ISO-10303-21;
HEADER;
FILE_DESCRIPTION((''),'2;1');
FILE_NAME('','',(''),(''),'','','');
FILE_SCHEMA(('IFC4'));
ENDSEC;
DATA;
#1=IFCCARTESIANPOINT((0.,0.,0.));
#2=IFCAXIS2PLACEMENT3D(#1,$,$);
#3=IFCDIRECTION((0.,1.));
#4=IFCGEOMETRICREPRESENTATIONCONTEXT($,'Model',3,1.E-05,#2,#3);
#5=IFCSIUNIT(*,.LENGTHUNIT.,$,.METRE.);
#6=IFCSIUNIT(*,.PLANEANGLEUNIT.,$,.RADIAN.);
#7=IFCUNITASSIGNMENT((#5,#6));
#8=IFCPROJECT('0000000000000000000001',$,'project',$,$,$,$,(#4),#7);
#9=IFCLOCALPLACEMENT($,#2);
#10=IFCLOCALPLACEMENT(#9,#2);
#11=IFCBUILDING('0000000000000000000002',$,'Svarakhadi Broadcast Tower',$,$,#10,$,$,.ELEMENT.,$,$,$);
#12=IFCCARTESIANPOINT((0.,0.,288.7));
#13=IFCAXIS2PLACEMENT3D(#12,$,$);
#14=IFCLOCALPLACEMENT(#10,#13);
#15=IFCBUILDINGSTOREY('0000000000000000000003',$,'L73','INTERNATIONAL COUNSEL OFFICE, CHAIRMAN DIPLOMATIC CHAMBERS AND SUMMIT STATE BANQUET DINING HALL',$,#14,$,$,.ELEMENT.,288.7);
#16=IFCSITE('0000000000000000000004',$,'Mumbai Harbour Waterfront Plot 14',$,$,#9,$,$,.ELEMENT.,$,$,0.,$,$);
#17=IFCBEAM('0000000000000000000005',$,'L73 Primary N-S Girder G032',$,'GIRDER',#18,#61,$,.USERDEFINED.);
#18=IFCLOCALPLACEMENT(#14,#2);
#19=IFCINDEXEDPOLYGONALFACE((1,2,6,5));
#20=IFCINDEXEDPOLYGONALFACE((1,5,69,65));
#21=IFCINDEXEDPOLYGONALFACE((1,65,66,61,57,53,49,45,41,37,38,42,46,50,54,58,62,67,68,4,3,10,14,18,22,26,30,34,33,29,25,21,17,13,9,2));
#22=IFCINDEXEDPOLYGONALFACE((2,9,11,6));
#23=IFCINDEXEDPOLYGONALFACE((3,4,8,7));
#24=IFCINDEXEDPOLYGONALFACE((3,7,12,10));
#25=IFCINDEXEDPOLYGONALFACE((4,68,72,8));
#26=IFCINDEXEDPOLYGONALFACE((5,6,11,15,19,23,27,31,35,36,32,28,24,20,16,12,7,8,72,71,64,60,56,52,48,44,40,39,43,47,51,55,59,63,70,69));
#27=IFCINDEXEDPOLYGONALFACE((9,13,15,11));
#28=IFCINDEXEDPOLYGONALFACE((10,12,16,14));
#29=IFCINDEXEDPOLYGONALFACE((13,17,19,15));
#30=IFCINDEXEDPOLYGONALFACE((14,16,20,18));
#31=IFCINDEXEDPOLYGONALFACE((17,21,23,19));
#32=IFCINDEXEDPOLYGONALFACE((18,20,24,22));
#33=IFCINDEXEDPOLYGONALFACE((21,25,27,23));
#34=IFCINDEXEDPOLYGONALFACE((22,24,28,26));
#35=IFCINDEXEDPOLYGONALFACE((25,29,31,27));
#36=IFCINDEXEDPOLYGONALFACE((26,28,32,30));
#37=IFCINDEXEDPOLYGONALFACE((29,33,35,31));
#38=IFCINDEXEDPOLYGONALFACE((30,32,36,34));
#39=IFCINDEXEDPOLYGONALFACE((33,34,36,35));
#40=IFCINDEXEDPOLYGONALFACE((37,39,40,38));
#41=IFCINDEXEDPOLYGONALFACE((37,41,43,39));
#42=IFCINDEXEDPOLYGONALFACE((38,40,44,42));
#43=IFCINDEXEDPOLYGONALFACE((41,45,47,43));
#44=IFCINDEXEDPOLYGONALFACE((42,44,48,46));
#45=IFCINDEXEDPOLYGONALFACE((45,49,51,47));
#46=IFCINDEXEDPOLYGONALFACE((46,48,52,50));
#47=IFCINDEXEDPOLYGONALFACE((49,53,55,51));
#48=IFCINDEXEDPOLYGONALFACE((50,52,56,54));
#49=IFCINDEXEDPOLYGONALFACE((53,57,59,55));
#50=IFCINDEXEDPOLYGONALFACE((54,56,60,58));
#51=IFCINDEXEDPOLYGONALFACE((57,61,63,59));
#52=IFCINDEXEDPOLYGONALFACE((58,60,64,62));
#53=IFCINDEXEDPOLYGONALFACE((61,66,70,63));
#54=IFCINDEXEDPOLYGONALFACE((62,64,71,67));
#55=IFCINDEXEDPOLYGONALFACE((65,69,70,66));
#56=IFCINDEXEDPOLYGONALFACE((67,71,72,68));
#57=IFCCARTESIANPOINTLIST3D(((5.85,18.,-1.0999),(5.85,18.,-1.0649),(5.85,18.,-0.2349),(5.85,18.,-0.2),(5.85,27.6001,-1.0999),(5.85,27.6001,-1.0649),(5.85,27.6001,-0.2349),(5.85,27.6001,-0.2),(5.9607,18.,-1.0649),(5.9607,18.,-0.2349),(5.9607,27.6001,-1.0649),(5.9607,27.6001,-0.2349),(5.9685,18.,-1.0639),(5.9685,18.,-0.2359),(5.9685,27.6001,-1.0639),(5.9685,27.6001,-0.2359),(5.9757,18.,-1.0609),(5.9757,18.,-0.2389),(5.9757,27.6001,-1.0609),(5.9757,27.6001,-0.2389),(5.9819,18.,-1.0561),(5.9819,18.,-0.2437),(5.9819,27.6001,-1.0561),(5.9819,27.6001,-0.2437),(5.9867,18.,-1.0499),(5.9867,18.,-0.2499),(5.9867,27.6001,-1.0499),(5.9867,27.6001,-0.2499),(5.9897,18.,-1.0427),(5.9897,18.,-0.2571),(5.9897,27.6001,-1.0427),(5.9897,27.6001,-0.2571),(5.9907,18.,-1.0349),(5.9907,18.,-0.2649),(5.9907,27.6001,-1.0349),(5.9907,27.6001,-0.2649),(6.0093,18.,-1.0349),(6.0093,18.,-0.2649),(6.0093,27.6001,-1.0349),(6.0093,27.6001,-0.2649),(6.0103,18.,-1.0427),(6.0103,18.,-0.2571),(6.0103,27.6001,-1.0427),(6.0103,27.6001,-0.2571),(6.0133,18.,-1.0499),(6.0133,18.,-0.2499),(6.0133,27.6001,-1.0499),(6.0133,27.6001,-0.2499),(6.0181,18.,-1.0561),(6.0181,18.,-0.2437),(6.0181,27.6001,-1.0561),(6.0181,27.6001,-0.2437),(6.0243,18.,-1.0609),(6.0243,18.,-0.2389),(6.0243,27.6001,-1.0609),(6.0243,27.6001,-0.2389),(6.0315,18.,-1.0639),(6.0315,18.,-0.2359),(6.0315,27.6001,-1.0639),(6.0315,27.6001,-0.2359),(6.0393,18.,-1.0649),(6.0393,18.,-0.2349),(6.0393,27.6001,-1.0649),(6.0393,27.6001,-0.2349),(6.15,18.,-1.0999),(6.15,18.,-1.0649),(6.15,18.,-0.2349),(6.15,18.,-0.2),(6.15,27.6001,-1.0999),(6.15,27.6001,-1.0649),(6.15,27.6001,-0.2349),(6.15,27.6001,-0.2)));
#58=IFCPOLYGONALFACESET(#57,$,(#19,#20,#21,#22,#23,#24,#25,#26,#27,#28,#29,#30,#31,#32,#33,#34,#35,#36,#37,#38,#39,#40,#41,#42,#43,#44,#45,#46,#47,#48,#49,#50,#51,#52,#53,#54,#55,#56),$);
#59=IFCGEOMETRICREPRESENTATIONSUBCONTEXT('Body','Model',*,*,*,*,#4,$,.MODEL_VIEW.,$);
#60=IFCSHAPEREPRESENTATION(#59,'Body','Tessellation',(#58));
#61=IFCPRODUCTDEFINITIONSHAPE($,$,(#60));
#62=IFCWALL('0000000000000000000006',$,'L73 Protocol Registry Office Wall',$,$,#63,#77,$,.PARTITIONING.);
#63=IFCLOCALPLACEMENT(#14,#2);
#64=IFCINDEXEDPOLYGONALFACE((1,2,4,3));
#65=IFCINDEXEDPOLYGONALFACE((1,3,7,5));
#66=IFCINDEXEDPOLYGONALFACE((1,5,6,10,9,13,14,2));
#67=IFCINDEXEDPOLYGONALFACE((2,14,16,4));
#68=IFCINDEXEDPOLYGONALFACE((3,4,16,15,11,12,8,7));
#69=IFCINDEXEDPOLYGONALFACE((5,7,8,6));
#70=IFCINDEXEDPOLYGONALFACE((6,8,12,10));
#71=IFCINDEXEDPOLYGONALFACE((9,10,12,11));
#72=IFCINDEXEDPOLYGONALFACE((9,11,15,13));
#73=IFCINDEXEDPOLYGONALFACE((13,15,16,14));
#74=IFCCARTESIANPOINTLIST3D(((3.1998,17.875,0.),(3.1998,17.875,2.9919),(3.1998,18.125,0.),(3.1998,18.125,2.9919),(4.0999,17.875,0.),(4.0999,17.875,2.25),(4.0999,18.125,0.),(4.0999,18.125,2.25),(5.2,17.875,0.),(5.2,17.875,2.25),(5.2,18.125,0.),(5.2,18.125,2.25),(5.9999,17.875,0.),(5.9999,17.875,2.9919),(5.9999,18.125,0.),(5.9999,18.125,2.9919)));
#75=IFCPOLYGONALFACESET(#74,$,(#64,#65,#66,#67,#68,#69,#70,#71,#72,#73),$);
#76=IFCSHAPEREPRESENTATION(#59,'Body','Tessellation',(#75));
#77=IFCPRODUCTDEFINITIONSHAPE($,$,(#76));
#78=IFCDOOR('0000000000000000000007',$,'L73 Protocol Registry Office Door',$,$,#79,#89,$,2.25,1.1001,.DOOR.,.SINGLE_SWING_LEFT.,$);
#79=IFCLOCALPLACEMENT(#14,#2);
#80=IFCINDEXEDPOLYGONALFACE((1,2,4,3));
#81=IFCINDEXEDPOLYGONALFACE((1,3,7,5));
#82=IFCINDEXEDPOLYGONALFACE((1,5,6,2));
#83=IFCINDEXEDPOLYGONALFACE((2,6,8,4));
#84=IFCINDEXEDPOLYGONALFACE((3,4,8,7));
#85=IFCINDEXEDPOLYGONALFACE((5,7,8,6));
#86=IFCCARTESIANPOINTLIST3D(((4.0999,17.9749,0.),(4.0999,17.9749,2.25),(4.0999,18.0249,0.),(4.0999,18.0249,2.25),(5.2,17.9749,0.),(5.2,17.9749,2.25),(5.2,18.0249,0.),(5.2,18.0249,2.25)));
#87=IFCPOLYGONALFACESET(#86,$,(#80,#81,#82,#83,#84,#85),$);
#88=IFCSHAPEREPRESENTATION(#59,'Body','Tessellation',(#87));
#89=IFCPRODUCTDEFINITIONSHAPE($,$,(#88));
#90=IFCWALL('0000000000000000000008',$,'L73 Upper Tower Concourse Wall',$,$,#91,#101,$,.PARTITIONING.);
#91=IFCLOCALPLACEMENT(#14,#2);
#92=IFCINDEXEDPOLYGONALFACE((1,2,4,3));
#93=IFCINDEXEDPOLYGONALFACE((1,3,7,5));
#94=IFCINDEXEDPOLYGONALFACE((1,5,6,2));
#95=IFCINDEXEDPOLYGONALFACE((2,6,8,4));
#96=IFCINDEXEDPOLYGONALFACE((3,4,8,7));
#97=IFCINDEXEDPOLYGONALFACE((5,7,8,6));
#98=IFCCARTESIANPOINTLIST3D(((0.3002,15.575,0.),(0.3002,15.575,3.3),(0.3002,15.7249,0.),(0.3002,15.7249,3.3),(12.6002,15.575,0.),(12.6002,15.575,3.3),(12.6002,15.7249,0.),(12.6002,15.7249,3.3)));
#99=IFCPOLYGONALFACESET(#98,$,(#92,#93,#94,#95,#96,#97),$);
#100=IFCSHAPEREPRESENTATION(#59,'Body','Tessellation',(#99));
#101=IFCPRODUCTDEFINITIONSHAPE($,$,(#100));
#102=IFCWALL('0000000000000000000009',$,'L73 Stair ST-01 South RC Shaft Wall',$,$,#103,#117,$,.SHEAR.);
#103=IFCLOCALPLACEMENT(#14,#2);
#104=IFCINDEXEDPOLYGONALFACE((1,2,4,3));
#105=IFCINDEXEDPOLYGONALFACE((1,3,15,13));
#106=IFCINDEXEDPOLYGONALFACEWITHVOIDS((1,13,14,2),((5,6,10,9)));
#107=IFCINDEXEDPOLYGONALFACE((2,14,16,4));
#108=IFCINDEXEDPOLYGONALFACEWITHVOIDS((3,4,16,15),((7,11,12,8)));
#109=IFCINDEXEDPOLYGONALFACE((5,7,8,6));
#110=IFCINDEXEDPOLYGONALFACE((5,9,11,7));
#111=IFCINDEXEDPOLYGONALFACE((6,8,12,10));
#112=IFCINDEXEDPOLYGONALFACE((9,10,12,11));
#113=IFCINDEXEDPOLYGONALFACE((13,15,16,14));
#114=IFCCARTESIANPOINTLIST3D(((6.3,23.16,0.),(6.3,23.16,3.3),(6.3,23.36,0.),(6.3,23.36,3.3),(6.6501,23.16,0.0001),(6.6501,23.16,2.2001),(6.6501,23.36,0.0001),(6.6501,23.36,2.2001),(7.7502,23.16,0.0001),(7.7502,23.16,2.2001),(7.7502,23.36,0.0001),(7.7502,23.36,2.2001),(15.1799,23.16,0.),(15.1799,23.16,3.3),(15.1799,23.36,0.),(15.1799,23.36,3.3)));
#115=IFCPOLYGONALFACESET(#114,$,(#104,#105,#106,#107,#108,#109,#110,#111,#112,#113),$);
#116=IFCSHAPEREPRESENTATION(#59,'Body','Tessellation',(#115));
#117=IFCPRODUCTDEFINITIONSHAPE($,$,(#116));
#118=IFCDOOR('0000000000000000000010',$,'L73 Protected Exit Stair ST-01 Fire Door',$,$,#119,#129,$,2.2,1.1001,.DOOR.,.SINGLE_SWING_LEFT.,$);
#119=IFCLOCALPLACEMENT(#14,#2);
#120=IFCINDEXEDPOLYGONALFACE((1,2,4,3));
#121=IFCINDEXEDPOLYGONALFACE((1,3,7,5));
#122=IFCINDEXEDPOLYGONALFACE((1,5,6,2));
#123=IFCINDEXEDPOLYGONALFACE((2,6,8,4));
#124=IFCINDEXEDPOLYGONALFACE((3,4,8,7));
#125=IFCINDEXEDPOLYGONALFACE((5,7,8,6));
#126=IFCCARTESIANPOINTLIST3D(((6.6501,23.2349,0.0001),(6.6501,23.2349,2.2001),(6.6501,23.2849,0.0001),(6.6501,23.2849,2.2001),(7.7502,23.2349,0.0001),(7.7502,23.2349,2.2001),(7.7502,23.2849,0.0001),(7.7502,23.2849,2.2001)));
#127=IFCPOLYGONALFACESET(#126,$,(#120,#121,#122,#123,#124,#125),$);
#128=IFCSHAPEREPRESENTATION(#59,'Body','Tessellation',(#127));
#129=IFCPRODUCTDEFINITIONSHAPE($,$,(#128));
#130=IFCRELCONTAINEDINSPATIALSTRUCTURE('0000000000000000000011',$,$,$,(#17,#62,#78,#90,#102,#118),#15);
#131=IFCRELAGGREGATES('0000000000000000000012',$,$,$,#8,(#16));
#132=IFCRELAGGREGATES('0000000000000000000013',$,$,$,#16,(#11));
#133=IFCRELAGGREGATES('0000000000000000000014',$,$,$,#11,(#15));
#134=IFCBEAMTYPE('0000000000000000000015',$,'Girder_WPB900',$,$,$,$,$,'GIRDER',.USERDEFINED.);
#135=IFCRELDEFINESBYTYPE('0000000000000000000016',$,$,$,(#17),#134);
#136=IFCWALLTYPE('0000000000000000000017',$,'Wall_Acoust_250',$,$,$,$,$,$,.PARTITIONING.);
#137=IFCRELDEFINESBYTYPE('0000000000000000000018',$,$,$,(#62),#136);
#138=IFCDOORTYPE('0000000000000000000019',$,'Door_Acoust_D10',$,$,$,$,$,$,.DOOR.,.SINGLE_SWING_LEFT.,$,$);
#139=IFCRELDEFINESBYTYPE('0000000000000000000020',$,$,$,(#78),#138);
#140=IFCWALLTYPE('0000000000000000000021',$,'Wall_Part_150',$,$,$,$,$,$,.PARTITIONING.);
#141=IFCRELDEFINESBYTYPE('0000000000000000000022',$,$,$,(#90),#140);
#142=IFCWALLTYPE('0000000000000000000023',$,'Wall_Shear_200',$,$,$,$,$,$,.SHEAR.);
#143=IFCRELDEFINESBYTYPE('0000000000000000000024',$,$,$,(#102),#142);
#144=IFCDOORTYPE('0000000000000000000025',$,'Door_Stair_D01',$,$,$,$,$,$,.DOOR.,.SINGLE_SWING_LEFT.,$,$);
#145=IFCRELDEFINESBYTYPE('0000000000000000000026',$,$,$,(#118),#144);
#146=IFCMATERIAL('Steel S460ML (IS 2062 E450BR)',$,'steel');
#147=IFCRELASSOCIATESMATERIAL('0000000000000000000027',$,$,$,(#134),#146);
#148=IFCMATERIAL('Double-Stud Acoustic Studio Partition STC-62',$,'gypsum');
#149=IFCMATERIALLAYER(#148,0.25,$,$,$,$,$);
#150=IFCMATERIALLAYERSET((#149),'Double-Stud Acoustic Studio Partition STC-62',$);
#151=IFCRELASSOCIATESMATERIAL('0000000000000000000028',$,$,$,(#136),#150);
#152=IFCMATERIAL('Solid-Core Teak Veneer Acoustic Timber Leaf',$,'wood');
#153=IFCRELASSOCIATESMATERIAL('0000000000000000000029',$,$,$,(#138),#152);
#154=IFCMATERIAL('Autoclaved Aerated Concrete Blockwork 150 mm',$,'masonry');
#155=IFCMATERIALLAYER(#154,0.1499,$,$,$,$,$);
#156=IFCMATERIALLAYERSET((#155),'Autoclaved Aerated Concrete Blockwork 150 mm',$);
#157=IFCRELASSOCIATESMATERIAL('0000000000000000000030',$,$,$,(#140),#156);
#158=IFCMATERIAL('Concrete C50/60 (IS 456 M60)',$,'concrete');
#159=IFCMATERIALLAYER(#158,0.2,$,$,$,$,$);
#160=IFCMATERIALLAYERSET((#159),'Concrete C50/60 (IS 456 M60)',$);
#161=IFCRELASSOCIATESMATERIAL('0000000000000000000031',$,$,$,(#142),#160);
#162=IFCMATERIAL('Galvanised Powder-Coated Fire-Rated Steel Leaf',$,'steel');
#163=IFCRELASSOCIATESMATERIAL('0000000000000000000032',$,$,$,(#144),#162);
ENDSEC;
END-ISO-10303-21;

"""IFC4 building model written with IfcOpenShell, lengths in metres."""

from ifc_helpers import new_model, si_unit, direction, frame, frame_2d, origin, origin_2d, place, context, subcontext, project, spatial, rectangle, i_section, extrude, material, layer, layer_set, material_profile, profile_set, type_object, element, fill, save


model = new_model("IFC4")

# Units and contexts
model_context = context("Model", 3, precision=1e-05, world=origin(), true_north=direction((0.0, 1.0)))
body_context = subcontext(model_context, "Body", "Model", "MODEL_VIEW")
ifc_project = project(units=[si_unit("LENGTHUNIT", "METRE"), si_unit("PLANEANGLEUNIT", "RADIAN")], contexts=[model_context])

# Site, building, storey
site_placement = place(None, origin())
site = spatial("IfcSite", under=ifc_project, at=site_placement, Name="Mumbai Harbour Waterfront Plot 14", CompositionType="ELEMENT", RefElevation=0.0)
building_placement = place(site_placement, origin())
building = spatial("IfcBuilding", under=site, at=building_placement, Name="Svarakhadi Broadcast Tower", CompositionType="ELEMENT")
storey_placement = place(building_placement, frame((0.0, 0.0, 288.7)))
storey = spatial("IfcBuildingStorey", under=building, at=storey_placement, Name="L73", Description="INTERNATIONAL COUNSEL OFFICE, CHAIRMAN DIPLOMATIC CHAMBERS AND SUMMIT STATE BANQUET DINING HALL", CompositionType="ELEMENT", Elevation=288.7)

# Shared definitions
ifc_material_1 = material(Name="Concrete C50/60 (IS 456 M60)", Category="concrete")
ifc_material_2 = material(Name="Steel S460ML (IS 2062 E450BR)", Category="steel")

# Beam
ifc_material_profile_1 = material_profile(ifc_material_2, i_section(OverallWidth=0.3, OverallDepth=0.8999, WebThickness=0.0186, FlangeThickness=0.0349, FilletRadius=0.03, at=origin_2d()), Name="WPB 900x300x291")
ifc_profile_set_1 = profile_set([ifc_material_profile_1], Name="Steel S460ML (IS 2062 E450BR)")
beam_type_1 = type_object("IfcBeamType", Name="Girder_WPB900", ElementType="GIRDER", PredefinedType="USERDEFINED", material=ifc_profile_set_1)
beam_1_placement = place(storey_placement, frame((6.0, 18.0, -0.6499), z_axis=(0.0, 1.0, 0.0), x_axis=(-1.0, 0.0, 0.0)))
element("IfcBeam", 1, at=beam_1_placement, inside=storey, type_object=beam_type_1, Name="L73 Primary N-S Girder G032", ObjectType="GIRDER", PredefinedType="USERDEFINED", context=body_context, shape_type="SweptSolid", body=[
    extrude(i_section(OverallWidth=0.3, OverallDepth=0.8999, WebThickness=0.0186, FlangeThickness=0.0349, FilletRadius=0.03, at=origin_2d()), origin(), (0.0, 0.0, 1.0), 9.6001),
])

# Wall, opening, door
ifc_material_3 = material(Name="Double-Stud Acoustic Studio Partition STC-62", Category="gypsum")
ifc_layer_1 = layer(ifc_material_3, 0.25)
ifc_layer_set_1 = layer_set([ifc_layer_1], Name="Double-Stud Acoustic Studio Partition STC-62")
wall_type_1 = type_object("IfcWallType", Name="Wall_Acoust_250", PredefinedType="PARTITIONING", material=ifc_layer_set_1)
wall_1_placement = place(storey_placement, frame((3.2, 18.0, 0.0), z_axis=(0.0, 0.0, 1.0), x_axis=(1.0, 0.0, 0.0)))
wall_1 = element("IfcWall", 2, at=wall_1_placement, inside=storey, type_object=wall_type_1, Name="L73 Protocol Registry Office Wall", PredefinedType="PARTITIONING", context=body_context, shape_type="SweptSolid", body=[
    extrude(rectangle(XDim=2.8, YDim=0.25, at=frame_2d((1.3999, 0.0))), origin(), (0.0, 0.0, 1.0), 2.9919),
])
opening_1_placement = place(wall_1_placement, frame((0.8999, 0.0, 0.0)))
opening_1 = element("IfcOpeningElement", 3, at=opening_1_placement, cuts=wall_1, PredefinedType="OPENING", context=body_context, shape_type="SweptSolid", body=[
    extrude(rectangle(XDim=1.1001, YDim=2.25, at=frame_2d((0.55, 1.125))), frame((0.0, 0.135, 0.0), z_axis=(0.0, -1.0, 0.0), x_axis=(1.0, 0.0, 0.0)), (0.0, 0.0, 1.0), 0.27),
])
ifc_material_4 = material(Name="Solid-Core Teak Veneer Acoustic Timber Leaf", Category="wood")
door_type_1 = type_object("IfcDoorType", Name="Door_Acoust_D10", OperationType="SINGLE_SWING_LEFT", PredefinedType="DOOR", material=ifc_material_4)
door_1_placement = place(opening_1_placement, origin())
door_1 = element("IfcDoor", 4, at=door_1_placement, inside=storey, type_object=door_type_1, Name="L73 Protocol Registry Office Door", OperationType="SINGLE_SWING_LEFT", OverallHeight=2.25, OverallWidth=1.1001, PredefinedType="DOOR", context=body_context, shape_type="SweptSolid", body=[
    extrude(rectangle(XDim=1.1001, YDim=2.25, at=frame_2d((0.55, 1.125))), frame((0.0, 0.0249, 0.0), z_axis=(0.0, -1.0, 0.0), x_axis=(1.0, 0.0, 0.0)), (0.0, 0.0, 1.0), 0.05),
])
fill(opening_1, door_1)

# Wall
ifc_material_5 = material(Name="Autoclaved Aerated Concrete Blockwork 150 mm", Category="masonry")
ifc_layer_2 = layer(ifc_material_5, 0.1499)
ifc_layer_set_2 = layer_set([ifc_layer_2], Name="Autoclaved Aerated Concrete Blockwork 150 mm")
wall_type_2 = type_object("IfcWallType", Name="Wall_Part_150", PredefinedType="PARTITIONING", material=ifc_layer_set_2)
wall_2_placement = place(storey_placement, frame((12.6001, 15.6499, 0.0), z_axis=(0.0, 0.0, 1.0), x_axis=(-1.0, 0.0, 0.0)))
element("IfcWall", 5, at=wall_2_placement, inside=storey, type_object=wall_type_2, Name="L73 Upper Tower Concourse Wall", PredefinedType="PARTITIONING", context=body_context, shape_type="SweptSolid", body=[
    extrude(rectangle(XDim=12.3, YDim=0.1499, at=frame_2d((6.1499, 0.0))), origin(), (0.0, 0.0, 1.0), 3.3),
])

# Wall, opening, door
ifc_layer_3 = layer(ifc_material_1, 0.2)
ifc_layer_set_3 = layer_set([ifc_layer_3], Name="Concrete C50/60 (IS 456 M60)")
wall_type_3 = type_object("IfcWallType", Name="Wall_Shear_200", PredefinedType="SHEAR", material=ifc_layer_set_3)
wall_3_placement = place(storey_placement, frame((6.3, 23.26, 0.0), z_axis=(0.0, 0.0, 1.0), x_axis=(1.0, 0.0, 0.0)))
wall_3 = element("IfcWall", 6, at=wall_3_placement, inside=storey, type_object=wall_type_3, Name="L73 Stair ST-01 South RC Shaft Wall", PredefinedType="SHEAR", context=body_context, shape_type="SweptSolid", body=[
    extrude(rectangle(XDim=8.8799, YDim=0.2, at=frame_2d((4.4399, 0.0))), origin(), (0.0, 0.0, 1.0), 3.3),
])
opening_2_placement = place(wall_3_placement, frame((0.3501, 0.0, 0.0)))
opening_2 = element("IfcOpeningElement", 7, at=opening_2_placement, cuts=wall_3, PredefinedType="OPENING", context=body_context, shape_type="SweptSolid", body=[
    extrude(rectangle(XDim=1.1001, YDim=2.2, at=frame_2d((0.55, 1.1001))), frame((0.0, 0.1099, 0.0), z_axis=(0.0, -1.0, 0.0), x_axis=(1.0, 0.0, 0.0)), (0.0, 0.0, 1.0), 0.22),
])
ifc_material_6 = material(Name="Galvanised Powder-Coated Fire-Rated Steel Leaf", Category="steel")
door_type_2 = type_object("IfcDoorType", Name="Door_Stair_D01", OperationType="SINGLE_SWING_LEFT", PredefinedType="DOOR", material=ifc_material_6)
door_2_placement = place(opening_2_placement, origin())
door_2 = element("IfcDoor", 8, at=door_2_placement, inside=storey, type_object=door_type_2, Name="L73 Protected Exit Stair ST-01 Fire Door", OperationType="SINGLE_SWING_LEFT", OverallHeight=2.2, OverallWidth=1.1001, PredefinedType="DOOR", context=body_context, shape_type="SweptSolid", body=[
    extrude(rectangle(XDim=1.1001, YDim=2.2, at=frame_2d((0.55, 1.1001))), frame((0.0, 0.0249, 0.0), z_axis=(0.0, -1.0, 0.0), x_axis=(1.0, 0.0, 0.0)), (0.0, 0.0, 1.0), 0.05),
])
fill(opening_2, door_2)

save(model, "model.ifc")
